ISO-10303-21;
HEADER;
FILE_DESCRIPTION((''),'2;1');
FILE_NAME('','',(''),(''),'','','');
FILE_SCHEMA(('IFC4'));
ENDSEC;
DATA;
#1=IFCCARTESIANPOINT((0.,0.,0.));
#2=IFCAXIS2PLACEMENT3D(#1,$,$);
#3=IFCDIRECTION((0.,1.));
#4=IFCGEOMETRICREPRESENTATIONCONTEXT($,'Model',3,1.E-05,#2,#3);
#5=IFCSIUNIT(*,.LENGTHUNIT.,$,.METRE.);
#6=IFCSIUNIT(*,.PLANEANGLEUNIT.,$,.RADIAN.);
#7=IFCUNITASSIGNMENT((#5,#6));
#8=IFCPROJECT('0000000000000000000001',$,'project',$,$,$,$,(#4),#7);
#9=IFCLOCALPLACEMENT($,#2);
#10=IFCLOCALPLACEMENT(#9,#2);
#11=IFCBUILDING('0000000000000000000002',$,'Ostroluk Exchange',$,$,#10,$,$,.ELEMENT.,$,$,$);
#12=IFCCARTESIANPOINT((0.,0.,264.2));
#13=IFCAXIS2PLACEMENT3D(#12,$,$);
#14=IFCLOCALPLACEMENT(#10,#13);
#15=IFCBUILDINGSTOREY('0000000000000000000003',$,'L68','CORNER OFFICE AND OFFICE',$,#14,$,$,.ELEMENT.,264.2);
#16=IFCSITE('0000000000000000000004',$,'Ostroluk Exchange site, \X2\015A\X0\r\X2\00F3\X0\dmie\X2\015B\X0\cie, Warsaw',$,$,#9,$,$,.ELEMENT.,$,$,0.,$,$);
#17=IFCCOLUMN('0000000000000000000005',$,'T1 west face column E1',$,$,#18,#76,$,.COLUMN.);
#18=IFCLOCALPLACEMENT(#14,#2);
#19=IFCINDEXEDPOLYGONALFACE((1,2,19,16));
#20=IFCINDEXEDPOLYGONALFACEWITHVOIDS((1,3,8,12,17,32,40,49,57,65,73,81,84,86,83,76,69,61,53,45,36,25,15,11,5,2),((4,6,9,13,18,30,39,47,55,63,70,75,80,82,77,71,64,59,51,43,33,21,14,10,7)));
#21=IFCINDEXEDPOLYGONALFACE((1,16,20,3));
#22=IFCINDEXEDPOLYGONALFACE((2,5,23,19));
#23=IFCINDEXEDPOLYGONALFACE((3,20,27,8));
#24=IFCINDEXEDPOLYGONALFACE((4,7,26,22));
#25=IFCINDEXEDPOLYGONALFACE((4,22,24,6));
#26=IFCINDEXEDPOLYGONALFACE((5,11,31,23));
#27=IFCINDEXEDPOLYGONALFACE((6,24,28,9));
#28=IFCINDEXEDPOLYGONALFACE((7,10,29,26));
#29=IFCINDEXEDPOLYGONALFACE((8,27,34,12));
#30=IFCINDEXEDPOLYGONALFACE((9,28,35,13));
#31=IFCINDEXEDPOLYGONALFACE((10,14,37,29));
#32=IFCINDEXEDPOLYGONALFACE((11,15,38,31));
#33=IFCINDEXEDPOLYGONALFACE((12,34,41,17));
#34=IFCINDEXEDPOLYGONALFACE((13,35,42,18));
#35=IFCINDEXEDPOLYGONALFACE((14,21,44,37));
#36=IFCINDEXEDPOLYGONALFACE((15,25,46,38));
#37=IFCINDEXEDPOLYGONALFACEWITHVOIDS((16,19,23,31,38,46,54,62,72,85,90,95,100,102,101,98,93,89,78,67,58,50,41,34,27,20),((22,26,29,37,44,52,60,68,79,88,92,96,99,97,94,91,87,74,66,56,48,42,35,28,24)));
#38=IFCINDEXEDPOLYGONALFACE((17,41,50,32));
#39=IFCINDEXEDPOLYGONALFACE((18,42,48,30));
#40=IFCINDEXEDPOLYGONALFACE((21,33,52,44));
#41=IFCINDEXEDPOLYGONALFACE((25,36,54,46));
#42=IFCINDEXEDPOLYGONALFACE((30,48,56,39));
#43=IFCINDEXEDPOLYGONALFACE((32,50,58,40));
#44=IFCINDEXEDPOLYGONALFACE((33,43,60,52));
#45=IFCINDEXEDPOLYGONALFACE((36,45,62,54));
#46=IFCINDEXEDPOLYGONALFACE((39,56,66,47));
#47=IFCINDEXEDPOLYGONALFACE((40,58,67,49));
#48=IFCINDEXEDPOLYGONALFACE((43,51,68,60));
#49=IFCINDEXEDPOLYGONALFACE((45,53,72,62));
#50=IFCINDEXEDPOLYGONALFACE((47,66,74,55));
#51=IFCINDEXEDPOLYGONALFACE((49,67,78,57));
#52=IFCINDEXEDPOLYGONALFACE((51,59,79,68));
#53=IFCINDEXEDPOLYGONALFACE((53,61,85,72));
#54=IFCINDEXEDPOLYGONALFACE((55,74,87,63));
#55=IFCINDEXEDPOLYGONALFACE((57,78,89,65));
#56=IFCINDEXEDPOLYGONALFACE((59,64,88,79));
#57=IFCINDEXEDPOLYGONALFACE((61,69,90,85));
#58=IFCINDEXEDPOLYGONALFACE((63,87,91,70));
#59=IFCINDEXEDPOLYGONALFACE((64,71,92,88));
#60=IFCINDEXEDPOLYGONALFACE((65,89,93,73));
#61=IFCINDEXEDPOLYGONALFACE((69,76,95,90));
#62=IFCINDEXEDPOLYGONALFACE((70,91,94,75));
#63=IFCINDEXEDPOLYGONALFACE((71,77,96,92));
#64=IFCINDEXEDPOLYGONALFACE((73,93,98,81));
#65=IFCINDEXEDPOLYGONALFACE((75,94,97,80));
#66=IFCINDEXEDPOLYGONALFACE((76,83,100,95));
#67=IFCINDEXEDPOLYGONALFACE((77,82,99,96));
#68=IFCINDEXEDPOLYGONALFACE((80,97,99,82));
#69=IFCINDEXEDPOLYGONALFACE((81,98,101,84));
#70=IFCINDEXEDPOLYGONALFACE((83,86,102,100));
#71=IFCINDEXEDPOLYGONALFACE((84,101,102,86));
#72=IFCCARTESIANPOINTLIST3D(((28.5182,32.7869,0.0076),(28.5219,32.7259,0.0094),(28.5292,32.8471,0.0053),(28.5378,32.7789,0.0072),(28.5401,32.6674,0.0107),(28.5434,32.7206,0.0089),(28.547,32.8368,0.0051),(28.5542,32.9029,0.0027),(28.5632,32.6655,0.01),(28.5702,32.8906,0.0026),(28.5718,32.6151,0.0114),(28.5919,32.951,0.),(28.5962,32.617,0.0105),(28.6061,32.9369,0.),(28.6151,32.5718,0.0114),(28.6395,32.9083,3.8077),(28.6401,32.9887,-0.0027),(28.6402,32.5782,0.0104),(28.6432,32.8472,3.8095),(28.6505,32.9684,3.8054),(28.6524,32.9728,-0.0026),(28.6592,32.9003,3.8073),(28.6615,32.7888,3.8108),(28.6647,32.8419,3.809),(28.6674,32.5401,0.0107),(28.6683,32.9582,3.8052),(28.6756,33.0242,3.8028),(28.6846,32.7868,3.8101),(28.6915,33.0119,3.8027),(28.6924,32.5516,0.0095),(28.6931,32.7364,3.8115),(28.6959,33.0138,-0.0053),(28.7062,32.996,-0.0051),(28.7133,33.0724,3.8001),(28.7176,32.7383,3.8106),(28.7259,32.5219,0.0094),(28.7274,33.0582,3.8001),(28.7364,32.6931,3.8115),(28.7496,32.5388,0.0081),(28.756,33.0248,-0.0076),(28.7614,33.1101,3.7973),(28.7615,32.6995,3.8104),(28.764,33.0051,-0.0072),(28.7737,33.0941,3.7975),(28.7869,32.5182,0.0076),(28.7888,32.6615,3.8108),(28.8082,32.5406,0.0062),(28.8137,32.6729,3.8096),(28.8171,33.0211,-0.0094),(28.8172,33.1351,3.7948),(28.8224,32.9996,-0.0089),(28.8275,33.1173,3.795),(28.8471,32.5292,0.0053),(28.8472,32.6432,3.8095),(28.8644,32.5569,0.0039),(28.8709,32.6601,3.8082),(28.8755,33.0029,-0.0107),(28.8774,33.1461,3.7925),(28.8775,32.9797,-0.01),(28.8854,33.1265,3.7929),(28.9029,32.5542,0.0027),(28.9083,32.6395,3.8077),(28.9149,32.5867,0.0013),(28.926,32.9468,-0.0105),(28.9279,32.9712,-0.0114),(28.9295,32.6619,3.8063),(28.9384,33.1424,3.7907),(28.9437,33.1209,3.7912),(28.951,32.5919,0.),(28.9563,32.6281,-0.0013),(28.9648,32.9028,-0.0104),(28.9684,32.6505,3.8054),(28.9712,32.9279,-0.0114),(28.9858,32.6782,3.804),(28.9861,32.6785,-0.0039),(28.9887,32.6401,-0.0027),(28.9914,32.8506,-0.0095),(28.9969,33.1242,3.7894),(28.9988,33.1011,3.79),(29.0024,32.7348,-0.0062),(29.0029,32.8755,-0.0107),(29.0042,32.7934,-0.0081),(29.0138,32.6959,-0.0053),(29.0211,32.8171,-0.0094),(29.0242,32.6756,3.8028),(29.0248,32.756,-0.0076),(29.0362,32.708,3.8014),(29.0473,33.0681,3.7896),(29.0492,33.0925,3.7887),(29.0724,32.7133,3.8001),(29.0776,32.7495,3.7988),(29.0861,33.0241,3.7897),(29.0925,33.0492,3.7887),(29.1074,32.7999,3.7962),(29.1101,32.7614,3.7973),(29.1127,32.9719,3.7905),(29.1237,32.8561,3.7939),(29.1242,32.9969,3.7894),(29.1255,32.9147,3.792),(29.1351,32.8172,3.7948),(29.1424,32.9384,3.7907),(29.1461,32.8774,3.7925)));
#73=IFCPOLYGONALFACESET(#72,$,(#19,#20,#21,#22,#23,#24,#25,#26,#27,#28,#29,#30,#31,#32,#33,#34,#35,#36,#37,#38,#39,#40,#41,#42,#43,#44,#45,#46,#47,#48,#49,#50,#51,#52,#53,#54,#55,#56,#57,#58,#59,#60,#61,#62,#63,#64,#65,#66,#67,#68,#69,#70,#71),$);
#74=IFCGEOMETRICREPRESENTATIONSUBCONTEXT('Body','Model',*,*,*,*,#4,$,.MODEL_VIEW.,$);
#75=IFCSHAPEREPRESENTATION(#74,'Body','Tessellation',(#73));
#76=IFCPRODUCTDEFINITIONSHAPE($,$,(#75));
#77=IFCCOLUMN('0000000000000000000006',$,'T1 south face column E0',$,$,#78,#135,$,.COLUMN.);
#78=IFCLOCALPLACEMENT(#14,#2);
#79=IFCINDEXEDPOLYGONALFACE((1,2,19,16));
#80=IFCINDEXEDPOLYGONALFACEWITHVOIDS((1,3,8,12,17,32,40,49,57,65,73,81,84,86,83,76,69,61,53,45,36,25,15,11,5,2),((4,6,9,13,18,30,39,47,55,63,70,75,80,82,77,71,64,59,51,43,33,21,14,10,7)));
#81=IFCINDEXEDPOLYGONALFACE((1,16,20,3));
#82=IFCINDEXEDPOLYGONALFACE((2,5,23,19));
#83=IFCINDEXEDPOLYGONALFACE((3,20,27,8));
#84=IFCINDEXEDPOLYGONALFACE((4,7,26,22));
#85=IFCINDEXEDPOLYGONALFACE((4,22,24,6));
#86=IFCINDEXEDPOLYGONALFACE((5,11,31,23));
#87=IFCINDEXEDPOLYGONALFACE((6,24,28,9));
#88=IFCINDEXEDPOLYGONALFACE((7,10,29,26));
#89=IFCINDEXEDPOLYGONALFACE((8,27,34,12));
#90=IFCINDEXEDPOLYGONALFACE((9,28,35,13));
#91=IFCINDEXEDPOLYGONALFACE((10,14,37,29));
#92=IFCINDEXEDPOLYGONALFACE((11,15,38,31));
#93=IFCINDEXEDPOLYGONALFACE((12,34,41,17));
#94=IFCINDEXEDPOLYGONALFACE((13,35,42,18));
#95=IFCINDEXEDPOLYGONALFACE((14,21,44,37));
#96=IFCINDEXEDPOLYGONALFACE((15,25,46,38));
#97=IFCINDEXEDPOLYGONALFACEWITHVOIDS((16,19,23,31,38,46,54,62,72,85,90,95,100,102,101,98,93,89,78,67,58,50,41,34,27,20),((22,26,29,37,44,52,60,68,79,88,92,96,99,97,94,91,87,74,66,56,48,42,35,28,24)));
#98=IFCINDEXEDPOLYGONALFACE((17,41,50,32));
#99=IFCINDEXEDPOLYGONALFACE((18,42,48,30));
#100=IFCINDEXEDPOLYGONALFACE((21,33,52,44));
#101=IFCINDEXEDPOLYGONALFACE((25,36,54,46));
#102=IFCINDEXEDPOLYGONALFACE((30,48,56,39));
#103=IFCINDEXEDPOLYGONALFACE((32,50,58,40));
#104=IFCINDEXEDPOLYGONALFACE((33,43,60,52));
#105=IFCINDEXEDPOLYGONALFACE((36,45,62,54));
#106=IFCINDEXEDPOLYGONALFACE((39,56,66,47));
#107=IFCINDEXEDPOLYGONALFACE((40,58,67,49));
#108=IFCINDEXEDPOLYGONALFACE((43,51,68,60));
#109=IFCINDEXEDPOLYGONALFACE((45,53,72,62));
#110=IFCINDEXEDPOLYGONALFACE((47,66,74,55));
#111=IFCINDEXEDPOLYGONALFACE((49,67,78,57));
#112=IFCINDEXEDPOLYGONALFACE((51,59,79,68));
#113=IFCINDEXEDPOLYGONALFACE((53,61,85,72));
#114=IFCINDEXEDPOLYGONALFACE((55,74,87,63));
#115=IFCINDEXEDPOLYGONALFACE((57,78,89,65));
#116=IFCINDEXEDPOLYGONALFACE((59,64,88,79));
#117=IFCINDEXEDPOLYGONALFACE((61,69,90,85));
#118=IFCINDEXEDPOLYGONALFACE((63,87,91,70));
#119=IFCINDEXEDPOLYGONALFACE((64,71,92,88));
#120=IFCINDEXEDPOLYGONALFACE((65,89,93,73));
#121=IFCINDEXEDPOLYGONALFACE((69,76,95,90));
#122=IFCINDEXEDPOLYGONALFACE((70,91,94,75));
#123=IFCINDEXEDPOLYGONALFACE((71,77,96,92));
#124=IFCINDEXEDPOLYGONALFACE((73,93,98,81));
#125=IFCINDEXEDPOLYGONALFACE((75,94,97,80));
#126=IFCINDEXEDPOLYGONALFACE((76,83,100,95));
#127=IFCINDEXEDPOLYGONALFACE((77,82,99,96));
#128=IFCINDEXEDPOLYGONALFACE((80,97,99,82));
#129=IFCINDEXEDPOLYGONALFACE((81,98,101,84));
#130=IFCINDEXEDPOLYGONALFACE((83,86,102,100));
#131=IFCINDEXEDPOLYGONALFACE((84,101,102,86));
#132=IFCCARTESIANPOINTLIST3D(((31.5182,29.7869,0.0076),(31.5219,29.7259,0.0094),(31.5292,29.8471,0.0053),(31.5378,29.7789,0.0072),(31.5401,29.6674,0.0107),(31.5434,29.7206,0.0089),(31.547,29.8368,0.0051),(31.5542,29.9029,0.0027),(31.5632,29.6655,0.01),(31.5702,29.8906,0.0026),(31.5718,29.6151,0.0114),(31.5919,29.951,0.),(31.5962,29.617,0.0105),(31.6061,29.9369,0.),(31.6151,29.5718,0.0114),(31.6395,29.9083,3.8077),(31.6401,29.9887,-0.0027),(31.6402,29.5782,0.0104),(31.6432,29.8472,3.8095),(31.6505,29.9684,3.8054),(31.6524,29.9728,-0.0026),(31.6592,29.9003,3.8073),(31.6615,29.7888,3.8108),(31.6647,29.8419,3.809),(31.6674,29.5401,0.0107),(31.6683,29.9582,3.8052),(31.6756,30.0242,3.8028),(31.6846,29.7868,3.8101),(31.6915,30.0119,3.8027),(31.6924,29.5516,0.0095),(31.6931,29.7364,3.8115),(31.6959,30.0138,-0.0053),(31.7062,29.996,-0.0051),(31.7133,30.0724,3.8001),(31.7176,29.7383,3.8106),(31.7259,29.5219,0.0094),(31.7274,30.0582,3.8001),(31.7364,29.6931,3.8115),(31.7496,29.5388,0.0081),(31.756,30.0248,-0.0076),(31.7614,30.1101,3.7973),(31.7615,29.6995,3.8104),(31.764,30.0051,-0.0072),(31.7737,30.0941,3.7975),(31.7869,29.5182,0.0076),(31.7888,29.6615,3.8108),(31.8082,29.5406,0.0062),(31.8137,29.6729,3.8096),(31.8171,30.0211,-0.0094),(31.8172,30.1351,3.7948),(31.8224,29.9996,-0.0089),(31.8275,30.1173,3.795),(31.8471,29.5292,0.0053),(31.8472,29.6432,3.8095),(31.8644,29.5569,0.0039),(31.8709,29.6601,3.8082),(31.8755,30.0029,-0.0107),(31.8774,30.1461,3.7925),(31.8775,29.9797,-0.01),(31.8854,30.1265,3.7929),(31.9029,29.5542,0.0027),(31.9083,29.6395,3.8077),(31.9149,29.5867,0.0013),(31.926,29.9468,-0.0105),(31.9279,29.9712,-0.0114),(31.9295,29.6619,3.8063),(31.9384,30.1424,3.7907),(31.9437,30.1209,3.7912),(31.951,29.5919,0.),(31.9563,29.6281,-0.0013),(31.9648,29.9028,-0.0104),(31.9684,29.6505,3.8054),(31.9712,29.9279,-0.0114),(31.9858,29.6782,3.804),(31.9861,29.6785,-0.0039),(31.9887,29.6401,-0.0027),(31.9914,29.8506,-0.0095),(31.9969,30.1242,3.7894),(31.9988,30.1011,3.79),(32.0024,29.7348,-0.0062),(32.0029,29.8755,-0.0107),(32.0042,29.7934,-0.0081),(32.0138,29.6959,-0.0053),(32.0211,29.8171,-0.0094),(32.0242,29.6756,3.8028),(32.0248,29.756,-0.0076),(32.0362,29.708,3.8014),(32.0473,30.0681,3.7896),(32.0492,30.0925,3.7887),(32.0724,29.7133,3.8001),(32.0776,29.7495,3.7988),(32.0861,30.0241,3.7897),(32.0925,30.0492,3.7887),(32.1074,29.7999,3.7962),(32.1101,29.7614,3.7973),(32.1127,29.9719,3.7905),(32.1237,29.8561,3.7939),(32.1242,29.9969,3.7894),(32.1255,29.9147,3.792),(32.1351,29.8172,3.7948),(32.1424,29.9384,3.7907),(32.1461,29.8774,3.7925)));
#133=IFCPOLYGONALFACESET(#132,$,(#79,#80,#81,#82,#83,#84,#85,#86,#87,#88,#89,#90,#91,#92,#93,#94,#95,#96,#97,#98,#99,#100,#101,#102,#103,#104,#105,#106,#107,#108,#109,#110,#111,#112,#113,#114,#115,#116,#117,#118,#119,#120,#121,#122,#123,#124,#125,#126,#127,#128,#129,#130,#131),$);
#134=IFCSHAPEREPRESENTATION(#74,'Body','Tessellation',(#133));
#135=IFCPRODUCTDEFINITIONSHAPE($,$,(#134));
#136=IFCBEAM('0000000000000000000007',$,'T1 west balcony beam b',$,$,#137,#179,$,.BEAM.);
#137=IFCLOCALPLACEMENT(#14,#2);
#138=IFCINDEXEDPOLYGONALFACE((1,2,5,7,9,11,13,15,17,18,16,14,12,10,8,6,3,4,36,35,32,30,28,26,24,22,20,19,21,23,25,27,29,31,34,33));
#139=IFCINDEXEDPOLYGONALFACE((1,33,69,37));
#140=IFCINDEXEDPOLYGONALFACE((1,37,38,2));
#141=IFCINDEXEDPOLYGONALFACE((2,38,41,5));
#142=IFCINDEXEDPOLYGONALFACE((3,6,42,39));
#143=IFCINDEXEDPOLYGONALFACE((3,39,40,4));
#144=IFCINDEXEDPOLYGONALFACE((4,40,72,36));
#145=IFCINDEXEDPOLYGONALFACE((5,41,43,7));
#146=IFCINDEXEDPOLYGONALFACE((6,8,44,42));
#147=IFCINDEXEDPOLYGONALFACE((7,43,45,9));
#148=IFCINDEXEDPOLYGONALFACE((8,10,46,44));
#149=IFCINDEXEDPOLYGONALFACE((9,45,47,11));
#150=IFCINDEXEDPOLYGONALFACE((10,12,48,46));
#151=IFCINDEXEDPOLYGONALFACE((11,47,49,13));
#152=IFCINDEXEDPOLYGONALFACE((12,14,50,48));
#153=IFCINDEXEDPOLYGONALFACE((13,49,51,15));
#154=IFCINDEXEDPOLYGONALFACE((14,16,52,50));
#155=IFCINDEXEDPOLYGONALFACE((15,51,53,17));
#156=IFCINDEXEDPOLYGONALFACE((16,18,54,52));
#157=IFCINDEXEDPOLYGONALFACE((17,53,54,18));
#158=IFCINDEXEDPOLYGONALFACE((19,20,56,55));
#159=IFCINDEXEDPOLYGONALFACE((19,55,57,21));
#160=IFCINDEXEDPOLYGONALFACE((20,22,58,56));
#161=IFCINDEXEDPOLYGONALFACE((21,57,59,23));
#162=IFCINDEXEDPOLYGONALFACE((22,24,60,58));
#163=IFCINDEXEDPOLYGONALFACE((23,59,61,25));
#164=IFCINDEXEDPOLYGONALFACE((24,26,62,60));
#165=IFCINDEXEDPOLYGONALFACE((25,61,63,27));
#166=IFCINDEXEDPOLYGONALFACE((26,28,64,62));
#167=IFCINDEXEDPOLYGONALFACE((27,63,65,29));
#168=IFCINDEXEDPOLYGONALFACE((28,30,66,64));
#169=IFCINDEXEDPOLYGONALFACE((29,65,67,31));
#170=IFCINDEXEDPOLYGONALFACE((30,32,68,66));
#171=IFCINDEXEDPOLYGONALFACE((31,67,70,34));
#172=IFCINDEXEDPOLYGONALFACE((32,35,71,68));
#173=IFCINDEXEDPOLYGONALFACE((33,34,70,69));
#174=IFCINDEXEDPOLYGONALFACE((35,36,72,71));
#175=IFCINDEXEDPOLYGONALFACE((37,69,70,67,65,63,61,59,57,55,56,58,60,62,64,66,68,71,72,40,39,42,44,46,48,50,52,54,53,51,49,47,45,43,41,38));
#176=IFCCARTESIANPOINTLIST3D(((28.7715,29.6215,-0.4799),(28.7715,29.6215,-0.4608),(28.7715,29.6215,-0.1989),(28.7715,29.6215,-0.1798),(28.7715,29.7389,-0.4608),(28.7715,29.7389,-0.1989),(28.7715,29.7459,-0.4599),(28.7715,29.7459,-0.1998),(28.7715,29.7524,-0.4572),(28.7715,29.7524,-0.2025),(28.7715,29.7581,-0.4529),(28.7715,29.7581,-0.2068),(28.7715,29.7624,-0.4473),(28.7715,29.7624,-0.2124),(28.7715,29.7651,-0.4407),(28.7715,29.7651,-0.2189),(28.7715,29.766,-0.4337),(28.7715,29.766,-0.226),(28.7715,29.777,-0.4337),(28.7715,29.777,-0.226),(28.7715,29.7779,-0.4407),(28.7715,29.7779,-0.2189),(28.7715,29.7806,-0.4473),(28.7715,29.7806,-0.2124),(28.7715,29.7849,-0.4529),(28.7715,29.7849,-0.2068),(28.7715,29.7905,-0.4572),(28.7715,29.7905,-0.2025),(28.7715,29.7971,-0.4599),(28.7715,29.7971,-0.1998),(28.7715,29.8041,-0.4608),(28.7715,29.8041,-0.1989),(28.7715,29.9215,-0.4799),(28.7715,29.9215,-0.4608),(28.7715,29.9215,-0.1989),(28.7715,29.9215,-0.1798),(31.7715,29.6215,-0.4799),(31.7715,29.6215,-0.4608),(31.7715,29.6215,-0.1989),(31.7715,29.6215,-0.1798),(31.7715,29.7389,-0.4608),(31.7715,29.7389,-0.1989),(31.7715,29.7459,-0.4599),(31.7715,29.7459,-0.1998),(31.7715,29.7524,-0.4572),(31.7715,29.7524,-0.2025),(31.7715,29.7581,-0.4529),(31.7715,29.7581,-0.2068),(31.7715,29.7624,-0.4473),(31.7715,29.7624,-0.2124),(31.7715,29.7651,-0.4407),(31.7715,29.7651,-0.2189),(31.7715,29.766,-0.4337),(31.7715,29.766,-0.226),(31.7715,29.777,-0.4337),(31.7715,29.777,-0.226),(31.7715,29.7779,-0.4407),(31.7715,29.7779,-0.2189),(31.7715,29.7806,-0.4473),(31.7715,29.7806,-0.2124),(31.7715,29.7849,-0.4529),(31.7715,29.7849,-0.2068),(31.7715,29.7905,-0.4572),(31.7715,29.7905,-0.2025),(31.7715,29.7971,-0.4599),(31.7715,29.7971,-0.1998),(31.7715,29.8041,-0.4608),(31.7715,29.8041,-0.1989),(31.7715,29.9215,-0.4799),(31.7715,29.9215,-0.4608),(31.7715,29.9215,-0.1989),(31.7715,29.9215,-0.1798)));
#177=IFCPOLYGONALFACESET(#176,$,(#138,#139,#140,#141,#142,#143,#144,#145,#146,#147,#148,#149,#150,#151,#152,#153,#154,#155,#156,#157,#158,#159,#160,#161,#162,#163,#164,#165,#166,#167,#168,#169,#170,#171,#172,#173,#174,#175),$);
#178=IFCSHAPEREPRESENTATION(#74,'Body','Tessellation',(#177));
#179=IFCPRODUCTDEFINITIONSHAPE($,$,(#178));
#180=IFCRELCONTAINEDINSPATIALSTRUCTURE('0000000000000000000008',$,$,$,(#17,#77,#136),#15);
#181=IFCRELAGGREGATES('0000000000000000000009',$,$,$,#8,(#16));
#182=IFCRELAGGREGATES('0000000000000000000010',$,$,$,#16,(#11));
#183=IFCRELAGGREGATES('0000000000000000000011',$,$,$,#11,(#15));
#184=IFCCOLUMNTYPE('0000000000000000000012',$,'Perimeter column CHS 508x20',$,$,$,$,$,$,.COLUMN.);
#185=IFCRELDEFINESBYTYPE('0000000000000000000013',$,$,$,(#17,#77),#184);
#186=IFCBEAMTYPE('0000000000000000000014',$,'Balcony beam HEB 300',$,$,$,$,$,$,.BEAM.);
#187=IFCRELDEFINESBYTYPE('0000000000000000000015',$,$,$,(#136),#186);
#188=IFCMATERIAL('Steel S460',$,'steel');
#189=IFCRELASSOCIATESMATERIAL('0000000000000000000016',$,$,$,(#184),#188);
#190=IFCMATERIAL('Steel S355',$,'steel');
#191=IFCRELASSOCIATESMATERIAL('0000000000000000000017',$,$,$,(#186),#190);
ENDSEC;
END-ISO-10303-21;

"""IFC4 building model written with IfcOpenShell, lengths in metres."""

from ifc_helpers import new_model, si_unit, direction, frame, origin, origin_2d, place, context, subcontext, project, spatial, hollow_circle, i_section, extrude, material, material_profile, profile_set, type_object, element, save


model = new_model("IFC4")

# Units and contexts
model_context = context("Model", 3, precision=1e-05, world=origin(), true_north=direction((0.0, 1.0)))
body_context = subcontext(model_context, "Body", "Model", "MODEL_VIEW")
ifc_project = project(units=[si_unit("LENGTHUNIT", "METRE"), si_unit("PLANEANGLEUNIT", "RADIAN")], contexts=[model_context])

# Site, building, storey
site_placement = place(None, origin())
site = spatial("IfcSite", under=ifc_project, at=site_placement, Name="Ostroluk Exchange site, Śródmieście, Warsaw", CompositionType="ELEMENT", RefElevation=0.0)
building_placement = place(site_placement, origin())
building = spatial("IfcBuilding", under=site, at=building_placement, Name="Ostroluk Exchange", CompositionType="ELEMENT")
storey_placement = place(building_placement, frame((0.0, 0.0, 264.2)))
storey = spatial("IfcBuildingStorey", under=building, at=storey_placement, Name="L68", Description="CORNER OFFICE AND OFFICE", CompositionType="ELEMENT", Elevation=264.2)

# Columns
ifc_material_1 = material(Name="Steel S460", Category="steel")
ifc_material_profile_1 = material_profile(ifc_material_1, hollow_circle(Radius=0.2539, WallThickness=0.02, at=origin_2d()), Name="CHS 508x20")
ifc_profile_set_1 = profile_set([ifc_material_profile_1], Name="Steel S460")
column_type = type_object("IfcColumnType", Name="Perimeter column CHS 508x20", PredefinedType="COLUMN", material=ifc_profile_set_1)
for number, where, z_axis, x_axis, name in (
    (1, (28.7715, 32.7715, 0.0), (0.031898, 0.031898, 0.998982), (-0.707107, 0.707107, 0.0), "T1 west face column E1"),
    (2, (31.7715, 29.7715, 0.0), (0.031898, 0.031898, 0.998982), (-0.707107, 0.707107, 0.0), "T1 south face column E0"),
):
    element("IfcColumn", number, at=place(storey_placement, frame(where, z_axis=z_axis, x_axis=x_axis)), inside=storey, type_object=column_type, Name=name, PredefinedType="COLUMN", context=body_context, shape_type="SweptSolid", body=[
        extrude(hollow_circle(Radius=0.2539, WallThickness=0.02, at=origin_2d()), origin(), (0.0, 0.0, 1.0), 3.804),
    ])

# Beam
ifc_material_2 = material(Name="Steel S355", Category="steel")
ifc_material_profile_2 = material_profile(ifc_material_2, i_section(OverallWidth=0.3, OverallDepth=0.3, WebThickness=0.011, FlangeThickness=0.019, FilletRadius=0.0271, at=origin_2d()), Name="HEB 300")
ifc_profile_set_2 = profile_set([ifc_material_profile_2], Name="Steel S355")
beam_type_1 = type_object("IfcBeamType", Name="Balcony beam HEB 300", PredefinedType="BEAM", material=ifc_profile_set_2)
beam_1_placement = place(storey_placement, frame((31.7715, 29.7715, -0.3298), z_axis=(-1.0, 0.0, 0.0), x_axis=(0.0, -1.0, 0.0)))
element("IfcBeam", 3, at=beam_1_placement, inside=storey, type_object=beam_type_1, Name="T1 west balcony beam b", PredefinedType="BEAM", context=body_context, shape_type="SweptSolid", body=[
    extrude(i_section(OverallWidth=0.3, OverallDepth=0.3, WebThickness=0.011, FlangeThickness=0.019, FilletRadius=0.0271, at=origin_2d()), origin(), (0.0, 0.0, 1.0), 3.0),
])

save(model, "model.ifc")
